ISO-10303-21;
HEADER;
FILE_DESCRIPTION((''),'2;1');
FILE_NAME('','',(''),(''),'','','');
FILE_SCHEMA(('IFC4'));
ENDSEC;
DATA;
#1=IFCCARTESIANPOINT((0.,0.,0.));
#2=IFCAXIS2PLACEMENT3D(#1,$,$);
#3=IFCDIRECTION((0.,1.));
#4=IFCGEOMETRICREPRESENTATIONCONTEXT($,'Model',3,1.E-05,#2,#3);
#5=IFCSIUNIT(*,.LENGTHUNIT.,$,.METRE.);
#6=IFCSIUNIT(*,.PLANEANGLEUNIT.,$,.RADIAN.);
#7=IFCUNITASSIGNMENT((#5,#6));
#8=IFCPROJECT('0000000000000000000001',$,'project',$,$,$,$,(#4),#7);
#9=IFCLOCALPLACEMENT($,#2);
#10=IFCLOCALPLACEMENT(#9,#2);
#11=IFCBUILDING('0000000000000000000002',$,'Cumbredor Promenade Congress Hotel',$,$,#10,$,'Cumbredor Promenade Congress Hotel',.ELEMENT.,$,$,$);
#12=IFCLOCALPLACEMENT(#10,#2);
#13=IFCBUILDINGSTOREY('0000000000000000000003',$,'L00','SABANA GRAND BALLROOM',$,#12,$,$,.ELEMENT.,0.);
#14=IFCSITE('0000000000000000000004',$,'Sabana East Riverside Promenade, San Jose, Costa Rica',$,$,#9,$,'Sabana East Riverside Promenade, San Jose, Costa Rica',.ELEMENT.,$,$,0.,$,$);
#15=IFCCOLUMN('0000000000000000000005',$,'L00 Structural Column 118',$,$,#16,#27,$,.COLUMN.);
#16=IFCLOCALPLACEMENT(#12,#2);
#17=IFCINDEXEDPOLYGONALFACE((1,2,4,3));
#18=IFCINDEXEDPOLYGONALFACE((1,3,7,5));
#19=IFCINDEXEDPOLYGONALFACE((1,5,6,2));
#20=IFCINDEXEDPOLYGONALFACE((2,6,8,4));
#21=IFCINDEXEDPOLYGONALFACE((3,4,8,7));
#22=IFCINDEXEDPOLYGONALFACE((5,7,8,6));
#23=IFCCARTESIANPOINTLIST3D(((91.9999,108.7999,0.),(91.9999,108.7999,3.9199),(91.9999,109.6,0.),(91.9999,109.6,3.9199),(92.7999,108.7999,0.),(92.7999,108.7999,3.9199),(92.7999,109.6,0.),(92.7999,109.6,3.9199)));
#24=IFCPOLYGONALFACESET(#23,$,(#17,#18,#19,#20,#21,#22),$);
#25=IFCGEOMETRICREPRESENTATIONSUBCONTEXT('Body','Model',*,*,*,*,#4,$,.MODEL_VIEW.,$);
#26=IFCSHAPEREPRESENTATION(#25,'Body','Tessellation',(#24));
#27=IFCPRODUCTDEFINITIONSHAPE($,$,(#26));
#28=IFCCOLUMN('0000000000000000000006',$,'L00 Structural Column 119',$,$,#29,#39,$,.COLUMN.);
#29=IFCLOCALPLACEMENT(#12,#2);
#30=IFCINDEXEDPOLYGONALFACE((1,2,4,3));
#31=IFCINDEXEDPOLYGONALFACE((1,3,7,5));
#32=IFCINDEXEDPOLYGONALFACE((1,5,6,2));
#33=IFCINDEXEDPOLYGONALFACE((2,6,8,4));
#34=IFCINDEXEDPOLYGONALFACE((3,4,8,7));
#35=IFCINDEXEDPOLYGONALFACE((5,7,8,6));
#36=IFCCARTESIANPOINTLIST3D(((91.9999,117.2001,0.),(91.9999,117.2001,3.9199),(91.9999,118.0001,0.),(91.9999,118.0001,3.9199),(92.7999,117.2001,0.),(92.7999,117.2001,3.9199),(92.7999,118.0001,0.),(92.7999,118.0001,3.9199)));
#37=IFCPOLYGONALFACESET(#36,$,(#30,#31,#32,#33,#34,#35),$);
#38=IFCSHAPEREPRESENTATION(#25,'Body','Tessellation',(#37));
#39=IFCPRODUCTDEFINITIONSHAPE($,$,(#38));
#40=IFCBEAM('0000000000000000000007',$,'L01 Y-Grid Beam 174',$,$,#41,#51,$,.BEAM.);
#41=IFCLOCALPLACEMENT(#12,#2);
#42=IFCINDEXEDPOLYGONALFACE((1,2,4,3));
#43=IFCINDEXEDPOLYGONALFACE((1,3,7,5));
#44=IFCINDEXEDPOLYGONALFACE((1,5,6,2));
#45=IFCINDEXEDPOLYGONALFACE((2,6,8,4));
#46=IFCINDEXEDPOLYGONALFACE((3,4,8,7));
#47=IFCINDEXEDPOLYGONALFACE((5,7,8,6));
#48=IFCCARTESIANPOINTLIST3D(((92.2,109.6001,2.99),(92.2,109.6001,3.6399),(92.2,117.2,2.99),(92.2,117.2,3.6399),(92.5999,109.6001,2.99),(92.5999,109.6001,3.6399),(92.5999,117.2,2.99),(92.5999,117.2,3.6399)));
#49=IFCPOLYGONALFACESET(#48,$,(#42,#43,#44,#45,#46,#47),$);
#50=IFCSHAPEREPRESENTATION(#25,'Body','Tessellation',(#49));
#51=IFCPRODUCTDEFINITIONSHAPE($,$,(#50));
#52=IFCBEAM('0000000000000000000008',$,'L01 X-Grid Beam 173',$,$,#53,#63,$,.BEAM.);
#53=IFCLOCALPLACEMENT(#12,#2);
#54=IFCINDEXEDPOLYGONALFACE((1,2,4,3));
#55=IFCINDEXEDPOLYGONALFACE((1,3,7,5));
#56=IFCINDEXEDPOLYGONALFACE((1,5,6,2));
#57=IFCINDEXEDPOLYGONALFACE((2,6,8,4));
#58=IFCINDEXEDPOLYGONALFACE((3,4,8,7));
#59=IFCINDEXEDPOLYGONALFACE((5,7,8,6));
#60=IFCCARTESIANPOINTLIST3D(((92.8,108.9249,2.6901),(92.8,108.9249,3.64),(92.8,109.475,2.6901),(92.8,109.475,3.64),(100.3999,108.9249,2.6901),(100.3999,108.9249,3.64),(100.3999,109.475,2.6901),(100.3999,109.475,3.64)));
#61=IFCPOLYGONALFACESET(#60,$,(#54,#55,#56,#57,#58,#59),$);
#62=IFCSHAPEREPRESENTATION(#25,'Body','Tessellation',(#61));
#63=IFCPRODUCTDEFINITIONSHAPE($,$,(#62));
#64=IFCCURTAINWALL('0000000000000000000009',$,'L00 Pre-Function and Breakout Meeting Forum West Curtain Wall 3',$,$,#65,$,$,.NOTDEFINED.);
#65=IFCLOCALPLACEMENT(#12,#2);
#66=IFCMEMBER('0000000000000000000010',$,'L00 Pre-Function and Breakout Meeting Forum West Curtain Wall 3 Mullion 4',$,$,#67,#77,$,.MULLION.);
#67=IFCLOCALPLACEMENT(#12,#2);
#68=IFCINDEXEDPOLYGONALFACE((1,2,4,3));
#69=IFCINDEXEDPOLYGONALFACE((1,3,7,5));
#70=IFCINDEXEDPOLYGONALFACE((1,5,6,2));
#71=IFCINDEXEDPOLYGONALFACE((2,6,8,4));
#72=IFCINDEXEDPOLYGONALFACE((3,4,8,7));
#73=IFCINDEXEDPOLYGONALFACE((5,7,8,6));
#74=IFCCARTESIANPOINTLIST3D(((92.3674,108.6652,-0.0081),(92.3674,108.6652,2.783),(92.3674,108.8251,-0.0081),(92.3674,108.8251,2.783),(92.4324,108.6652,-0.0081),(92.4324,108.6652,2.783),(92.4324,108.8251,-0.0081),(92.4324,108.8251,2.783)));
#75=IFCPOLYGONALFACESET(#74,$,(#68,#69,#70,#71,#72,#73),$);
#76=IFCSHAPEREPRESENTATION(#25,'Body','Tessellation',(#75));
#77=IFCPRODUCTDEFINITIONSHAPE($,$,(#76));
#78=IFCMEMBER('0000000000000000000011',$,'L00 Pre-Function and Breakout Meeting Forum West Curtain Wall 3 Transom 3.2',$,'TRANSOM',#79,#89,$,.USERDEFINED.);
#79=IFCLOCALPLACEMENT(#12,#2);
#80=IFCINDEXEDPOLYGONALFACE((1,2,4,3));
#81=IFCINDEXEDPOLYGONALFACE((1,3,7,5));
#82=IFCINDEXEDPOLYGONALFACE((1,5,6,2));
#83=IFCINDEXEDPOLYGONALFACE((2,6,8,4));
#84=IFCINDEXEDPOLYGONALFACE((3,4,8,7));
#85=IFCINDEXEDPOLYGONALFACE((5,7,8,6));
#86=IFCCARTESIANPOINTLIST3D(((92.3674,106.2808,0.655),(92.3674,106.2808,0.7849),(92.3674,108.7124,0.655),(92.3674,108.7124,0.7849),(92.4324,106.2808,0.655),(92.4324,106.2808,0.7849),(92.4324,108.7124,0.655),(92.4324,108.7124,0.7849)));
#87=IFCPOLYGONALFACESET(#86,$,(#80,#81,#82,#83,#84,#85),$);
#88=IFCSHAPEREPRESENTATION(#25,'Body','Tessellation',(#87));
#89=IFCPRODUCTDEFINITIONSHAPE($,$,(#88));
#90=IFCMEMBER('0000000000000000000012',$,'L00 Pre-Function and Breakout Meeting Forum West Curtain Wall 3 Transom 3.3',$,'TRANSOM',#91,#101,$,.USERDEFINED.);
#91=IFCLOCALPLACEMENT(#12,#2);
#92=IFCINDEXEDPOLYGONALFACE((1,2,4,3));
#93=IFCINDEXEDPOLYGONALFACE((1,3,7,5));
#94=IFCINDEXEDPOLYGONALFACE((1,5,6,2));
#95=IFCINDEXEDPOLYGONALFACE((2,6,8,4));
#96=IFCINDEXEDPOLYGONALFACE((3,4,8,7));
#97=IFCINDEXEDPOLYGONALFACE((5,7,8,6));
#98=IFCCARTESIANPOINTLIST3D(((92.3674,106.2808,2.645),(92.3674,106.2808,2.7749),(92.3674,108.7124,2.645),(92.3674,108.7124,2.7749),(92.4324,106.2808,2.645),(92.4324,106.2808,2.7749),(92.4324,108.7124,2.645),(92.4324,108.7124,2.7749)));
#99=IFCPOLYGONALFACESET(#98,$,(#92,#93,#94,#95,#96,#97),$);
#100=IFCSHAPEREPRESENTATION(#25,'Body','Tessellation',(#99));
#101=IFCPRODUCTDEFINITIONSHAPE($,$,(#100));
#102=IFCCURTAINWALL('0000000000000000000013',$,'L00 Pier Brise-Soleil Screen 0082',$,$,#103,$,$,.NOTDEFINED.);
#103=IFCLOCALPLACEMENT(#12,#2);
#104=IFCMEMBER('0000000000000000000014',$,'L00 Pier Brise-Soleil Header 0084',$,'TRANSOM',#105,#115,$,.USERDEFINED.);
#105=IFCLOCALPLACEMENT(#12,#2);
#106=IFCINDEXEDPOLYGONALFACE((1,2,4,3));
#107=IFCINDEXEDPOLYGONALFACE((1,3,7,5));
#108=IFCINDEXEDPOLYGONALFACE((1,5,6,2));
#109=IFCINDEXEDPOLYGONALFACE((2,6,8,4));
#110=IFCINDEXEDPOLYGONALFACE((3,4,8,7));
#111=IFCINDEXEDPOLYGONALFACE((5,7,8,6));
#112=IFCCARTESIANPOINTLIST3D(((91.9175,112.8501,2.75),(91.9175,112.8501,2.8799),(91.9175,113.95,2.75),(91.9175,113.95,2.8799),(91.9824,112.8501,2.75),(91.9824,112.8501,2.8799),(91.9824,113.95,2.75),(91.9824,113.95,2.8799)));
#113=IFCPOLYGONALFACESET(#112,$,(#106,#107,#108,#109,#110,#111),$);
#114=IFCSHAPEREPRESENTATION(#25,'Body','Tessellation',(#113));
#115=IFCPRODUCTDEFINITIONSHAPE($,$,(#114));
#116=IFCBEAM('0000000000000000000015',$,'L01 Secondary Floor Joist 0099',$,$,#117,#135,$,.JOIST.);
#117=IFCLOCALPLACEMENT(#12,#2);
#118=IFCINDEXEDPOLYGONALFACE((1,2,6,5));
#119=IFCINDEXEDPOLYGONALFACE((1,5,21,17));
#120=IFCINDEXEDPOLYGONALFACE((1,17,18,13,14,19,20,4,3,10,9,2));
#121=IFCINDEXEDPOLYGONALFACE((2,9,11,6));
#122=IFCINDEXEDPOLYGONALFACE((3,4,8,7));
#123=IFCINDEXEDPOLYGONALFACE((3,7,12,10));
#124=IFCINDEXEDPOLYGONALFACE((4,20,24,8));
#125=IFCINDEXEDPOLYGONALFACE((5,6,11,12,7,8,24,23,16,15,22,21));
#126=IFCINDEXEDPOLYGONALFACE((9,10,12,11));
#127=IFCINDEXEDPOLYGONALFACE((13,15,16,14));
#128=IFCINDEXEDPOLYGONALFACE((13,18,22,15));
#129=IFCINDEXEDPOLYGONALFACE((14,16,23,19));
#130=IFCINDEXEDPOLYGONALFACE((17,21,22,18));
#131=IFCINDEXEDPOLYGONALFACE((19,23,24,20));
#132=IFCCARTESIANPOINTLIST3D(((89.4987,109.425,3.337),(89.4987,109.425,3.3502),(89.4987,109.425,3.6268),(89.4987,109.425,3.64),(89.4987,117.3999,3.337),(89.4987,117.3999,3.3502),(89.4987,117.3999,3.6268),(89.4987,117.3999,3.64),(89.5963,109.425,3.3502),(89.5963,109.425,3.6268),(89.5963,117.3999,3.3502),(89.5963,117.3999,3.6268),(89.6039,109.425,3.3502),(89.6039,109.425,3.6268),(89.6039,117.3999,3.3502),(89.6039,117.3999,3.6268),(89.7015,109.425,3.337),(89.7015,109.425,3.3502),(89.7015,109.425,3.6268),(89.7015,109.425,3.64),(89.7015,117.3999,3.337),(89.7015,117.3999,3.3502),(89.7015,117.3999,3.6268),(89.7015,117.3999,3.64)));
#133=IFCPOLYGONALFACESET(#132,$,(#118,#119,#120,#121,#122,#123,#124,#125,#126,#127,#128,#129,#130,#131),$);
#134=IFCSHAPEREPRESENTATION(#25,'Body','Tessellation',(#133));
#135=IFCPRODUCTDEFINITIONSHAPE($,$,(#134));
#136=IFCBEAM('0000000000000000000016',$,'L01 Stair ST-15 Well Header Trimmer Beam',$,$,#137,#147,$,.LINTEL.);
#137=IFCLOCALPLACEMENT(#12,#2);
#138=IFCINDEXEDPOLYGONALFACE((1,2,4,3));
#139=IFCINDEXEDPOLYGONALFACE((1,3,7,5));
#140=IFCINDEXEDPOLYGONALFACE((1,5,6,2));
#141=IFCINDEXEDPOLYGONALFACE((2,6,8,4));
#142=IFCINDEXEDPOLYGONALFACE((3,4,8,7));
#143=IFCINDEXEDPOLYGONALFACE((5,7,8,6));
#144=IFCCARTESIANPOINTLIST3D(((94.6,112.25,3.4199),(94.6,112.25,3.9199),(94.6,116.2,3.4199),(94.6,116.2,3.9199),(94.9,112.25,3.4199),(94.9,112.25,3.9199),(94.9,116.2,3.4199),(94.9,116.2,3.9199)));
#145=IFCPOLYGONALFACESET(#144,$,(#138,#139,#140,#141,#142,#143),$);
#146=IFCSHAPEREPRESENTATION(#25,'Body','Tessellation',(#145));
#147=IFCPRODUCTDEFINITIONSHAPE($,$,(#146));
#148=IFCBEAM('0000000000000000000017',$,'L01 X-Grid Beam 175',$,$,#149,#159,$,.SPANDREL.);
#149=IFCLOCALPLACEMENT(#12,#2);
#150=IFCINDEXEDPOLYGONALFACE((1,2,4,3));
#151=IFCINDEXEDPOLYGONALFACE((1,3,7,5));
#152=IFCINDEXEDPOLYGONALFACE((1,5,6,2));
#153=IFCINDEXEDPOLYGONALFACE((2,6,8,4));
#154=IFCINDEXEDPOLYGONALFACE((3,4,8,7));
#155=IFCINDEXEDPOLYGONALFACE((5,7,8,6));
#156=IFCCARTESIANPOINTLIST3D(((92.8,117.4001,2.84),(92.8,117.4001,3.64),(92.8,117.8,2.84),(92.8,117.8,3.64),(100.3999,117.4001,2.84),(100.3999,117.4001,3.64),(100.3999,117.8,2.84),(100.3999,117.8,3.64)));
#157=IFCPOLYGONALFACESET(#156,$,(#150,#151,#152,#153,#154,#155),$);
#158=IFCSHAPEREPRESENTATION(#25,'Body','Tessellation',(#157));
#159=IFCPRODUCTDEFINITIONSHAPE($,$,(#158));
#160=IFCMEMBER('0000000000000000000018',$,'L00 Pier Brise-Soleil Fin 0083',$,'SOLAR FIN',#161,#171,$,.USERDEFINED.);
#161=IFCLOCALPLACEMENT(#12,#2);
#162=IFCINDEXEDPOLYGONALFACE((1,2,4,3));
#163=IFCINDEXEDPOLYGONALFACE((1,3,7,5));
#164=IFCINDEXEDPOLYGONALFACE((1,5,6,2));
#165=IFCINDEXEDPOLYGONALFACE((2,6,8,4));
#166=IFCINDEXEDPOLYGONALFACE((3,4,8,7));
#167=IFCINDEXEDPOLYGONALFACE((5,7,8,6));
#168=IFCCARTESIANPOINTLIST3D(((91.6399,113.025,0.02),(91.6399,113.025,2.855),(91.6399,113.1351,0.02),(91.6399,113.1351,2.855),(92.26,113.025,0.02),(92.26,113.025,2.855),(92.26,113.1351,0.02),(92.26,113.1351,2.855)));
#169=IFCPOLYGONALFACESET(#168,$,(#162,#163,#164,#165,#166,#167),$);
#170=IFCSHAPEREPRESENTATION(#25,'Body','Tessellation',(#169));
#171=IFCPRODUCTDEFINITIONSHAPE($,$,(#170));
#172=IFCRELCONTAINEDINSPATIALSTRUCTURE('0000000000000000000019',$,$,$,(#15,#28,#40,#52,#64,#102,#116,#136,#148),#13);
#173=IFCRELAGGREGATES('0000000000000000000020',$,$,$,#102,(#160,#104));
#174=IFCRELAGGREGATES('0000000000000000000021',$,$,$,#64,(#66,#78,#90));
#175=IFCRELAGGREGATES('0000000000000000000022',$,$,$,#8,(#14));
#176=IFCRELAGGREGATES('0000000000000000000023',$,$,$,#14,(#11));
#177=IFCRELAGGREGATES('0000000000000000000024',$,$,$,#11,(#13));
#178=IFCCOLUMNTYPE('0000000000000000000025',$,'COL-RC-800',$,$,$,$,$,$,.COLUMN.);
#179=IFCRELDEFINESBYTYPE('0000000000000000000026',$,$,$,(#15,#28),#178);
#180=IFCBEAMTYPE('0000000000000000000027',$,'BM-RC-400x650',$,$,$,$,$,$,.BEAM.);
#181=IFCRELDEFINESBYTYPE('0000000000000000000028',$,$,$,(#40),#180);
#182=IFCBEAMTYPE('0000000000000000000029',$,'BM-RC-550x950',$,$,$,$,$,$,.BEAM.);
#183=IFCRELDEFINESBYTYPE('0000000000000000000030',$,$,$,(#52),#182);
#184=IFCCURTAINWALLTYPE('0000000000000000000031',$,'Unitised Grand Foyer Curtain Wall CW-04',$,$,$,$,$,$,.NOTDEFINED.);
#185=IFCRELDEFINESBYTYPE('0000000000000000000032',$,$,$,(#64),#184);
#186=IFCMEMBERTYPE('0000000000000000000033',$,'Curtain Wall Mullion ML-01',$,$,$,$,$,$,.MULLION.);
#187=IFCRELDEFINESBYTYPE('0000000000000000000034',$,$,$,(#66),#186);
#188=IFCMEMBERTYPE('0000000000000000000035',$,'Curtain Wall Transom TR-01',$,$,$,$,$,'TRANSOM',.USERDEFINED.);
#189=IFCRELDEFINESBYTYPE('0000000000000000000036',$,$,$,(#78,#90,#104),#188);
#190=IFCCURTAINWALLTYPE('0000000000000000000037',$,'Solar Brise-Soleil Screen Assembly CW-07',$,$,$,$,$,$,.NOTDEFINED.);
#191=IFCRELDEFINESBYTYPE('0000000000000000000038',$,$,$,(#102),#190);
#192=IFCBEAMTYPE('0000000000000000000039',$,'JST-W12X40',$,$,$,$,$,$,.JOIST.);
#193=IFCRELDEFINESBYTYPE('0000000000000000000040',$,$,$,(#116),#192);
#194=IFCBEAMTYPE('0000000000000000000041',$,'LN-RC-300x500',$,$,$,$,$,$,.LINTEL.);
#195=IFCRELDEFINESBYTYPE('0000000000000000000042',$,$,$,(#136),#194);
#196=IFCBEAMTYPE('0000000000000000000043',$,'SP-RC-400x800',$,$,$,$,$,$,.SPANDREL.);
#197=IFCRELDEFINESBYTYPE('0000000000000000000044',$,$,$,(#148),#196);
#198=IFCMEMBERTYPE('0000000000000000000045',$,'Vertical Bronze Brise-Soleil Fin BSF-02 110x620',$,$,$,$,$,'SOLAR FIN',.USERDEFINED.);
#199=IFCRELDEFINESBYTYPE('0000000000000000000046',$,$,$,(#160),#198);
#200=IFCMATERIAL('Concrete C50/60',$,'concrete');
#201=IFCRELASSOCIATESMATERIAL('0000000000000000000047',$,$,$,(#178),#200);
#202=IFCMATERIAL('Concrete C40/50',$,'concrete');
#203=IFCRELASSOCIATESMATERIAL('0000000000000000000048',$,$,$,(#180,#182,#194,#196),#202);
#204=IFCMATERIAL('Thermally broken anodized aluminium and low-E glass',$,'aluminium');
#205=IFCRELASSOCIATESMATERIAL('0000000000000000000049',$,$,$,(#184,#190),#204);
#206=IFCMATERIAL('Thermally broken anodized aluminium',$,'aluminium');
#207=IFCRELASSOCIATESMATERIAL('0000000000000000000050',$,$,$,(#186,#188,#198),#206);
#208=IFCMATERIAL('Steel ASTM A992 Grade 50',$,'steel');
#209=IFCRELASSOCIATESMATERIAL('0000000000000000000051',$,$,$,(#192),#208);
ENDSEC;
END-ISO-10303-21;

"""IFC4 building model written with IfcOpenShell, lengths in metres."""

from ifc_helpers import new_model, si_unit, direction, frame, origin, origin_2d, place, context, subcontext, project, spatial, rectangle, i_section, extrude, material, material_profile, profile_set, type_object, element, aggregate, save


model = new_model("IFC4")

# Units and contexts
model_context = context("Model", 3, precision=1e-05, world=origin(), true_north=direction((0.0, 1.0)))
body_context = subcontext(model_context, "Body", "Model", "MODEL_VIEW")
ifc_project = project(units=[si_unit("LENGTHUNIT", "METRE"), si_unit("PLANEANGLEUNIT", "RADIAN")], contexts=[model_context])

# Site, building, storey
site_placement = place(None, origin())
site = spatial("IfcSite", under=ifc_project, at=site_placement, Name="Sabana East Riverside Promenade, San Jose, Costa Rica", LongName="Sabana East Riverside Promenade, San Jose, Costa Rica", CompositionType="ELEMENT", RefElevation=0.0)
building_placement = place(site_placement, origin())
building = spatial("IfcBuilding", under=site, at=building_placement, Name="Cumbredor Promenade Congress Hotel", LongName="Cumbredor Promenade Congress Hotel", CompositionType="ELEMENT")
storey_placement = place(building_placement, origin())
storey = spatial("IfcBuildingStorey", under=building, at=storey_placement, Name="L00", Description="SABANA GRAND BALLROOM", CompositionType="ELEMENT", Elevation=0.0)

# Columns
ifc_material_1 = material(Name="Concrete C50/60", Category="concrete")
ifc_material_profile_1 = material_profile(ifc_material_1, rectangle(XDim=0.8, YDim=0.8, at=origin_2d()), Name="RC 800x800")
ifc_profile_set_1 = profile_set([ifc_material_profile_1], Name="Concrete C50/60")
column_type = type_object("IfcColumnType", Name="COL-RC-800", PredefinedType="COLUMN", material=ifc_profile_set_1)
for number, where, z_axis, x_axis, name in (
    (1, (92.3999, 109.2, 0.0), (0.0, 0.0, 1.0), (1.0, 0.0, 0.0), "L00 Structural Column 118"),
    (2, (92.3999, 117.6001, 0.0), (0.0, 0.0, 1.0), (1.0, 0.0, 0.0), "L00 Structural Column 119"),
):
    element("IfcColumn", number, at=place(storey_placement, frame(where, z_axis=z_axis, x_axis=x_axis)), inside=storey, type_object=column_type, Name=name, PredefinedType="COLUMN", context=body_context, shape_type="SweptSolid", body=[
        extrude(rectangle(XDim=0.8, YDim=0.8, at=origin_2d()), origin(), (0.0, 0.0, 1.0), 3.9199),
    ])

# Beams
ifc_material_2 = material(Name="Concrete C40/50", Category="concrete")
ifc_material_profile_2 = material_profile(ifc_material_2, rectangle(XDim=0.3999, YDim=0.6499, at=origin_2d()), Name="RC BEAM 400x650")
ifc_profile_set_2 = profile_set([ifc_material_profile_2], Name="Concrete C40/50")
beam_type_1 = type_object("IfcBeamType", Name="BM-RC-400x650", PredefinedType="BEAM", material=ifc_profile_set_2)
beam_1_placement = place(storey_placement, frame((92.3999, 109.6001, 3.3149), z_axis=(0.0, 1.0, 0.0), x_axis=(-1.0, 0.0, 0.0)))
element("IfcBeam", 3, at=beam_1_placement, inside=storey, type_object=beam_type_1, Name="L01 Y-Grid Beam 174", PredefinedType="BEAM", context=body_context, shape_type="SweptSolid", body=[
    extrude(rectangle(XDim=0.3999, YDim=0.6499, at=origin_2d()), origin(), (0.0, 0.0, 1.0), 7.5999),
])
ifc_material_profile_3 = material_profile(ifc_material_2, rectangle(XDim=0.55, YDim=0.95, at=origin_2d()), Name="RC BEAM 550x950")
ifc_profile_set_3 = profile_set([ifc_material_profile_3], Name="Concrete C40/50")
beam_type_2 = type_object("IfcBeamType", Name="BM-RC-550x950", PredefinedType="BEAM", material=ifc_profile_set_3)
beam_2_placement = place(storey_placement, frame((92.8, 109.2, 3.165), z_axis=(1.0, 0.0, 0.0), x_axis=(0.0, 1.0, 0.0)))
element("IfcBeam", 4, at=beam_2_placement, inside=storey, type_object=beam_type_2, Name="L01 X-Grid Beam 173", PredefinedType="BEAM", context=body_context, shape_type="SweptSolid", body=[
    extrude(rectangle(XDim=0.55, YDim=0.95, at=origin_2d()), origin(), (0.0, 0.0, 1.0), 7.5999),
])

# Curtain wall, members
ifc_material_3 = material(Name="Thermally broken anodized aluminium and low-E glass", Category="aluminium")
curtain_wall_type_1 = type_object("IfcCurtainWallType", Name="Unitised Grand Foyer Curtain Wall CW-04", PredefinedType="NOTDEFINED", material=ifc_material_3)
curtain_wall_1_placement = place(storey_placement, origin())
curtain_wall_1 = element("IfcCurtainWall", 5, at=curtain_wall_1_placement, inside=storey, type_object=curtain_wall_type_1, Name="L00 Pre-Function and Breakout Meeting Forum West Curtain Wall 3", PredefinedType="NOTDEFINED")
ifc_material_4 = material(Name="Thermally broken anodized aluminium", Category="aluminium")
ifc_material_profile_4 = material_profile(ifc_material_4, rectangle(XDim=0.0649, YDim=0.1599, at=origin_2d()), Name="ALU MULLION 65x160")
ifc_profile_set_4 = profile_set([ifc_material_profile_4], Name="Thermally broken anodized aluminium")
member_type_1 = type_object("IfcMemberType", Name="Curtain Wall Mullion ML-01", PredefinedType="MULLION", material=ifc_profile_set_4)
member_1_placement = place(storey_placement, frame((92.3999, 108.7451, -0.0081), z_axis=(0.0, 0.0, 1.0), x_axis=(1.0, 0.0, 0.0)))
member_1 = element("IfcMember", 6, at=member_1_placement, type_object=member_type_1, Name="L00 Pre-Function and Breakout Meeting Forum West Curtain Wall 3 Mullion 4", PredefinedType="MULLION", context=body_context, shape_type="SweptSolid", body=[
    extrude(rectangle(XDim=0.0649, YDim=0.1599, at=origin_2d()), origin(), (0.0, 0.0, 1.0), 2.791),
])
ifc_material_profile_5 = material_profile(ifc_material_4, rectangle(XDim=0.0649, YDim=0.1299, at=origin_2d()), Name="ALU TRANSOM 65x130")
ifc_profile_set_5 = profile_set([ifc_material_profile_5], Name="Thermally broken anodized aluminium")
member_type_2 = type_object("IfcMemberType", Name="Curtain Wall Transom TR-01", ElementType="TRANSOM", PredefinedType="USERDEFINED", material=ifc_profile_set_5)
member_2_placement = place(storey_placement, frame((92.3999, 106.2808, 0.72), z_axis=(0.0, 1.0, 0.0), x_axis=(-1.0, 0.0, 0.0)))
member_2 = element("IfcMember", 7, at=member_2_placement, type_object=member_type_2, Name="L00 Pre-Function and Breakout Meeting Forum West Curtain Wall 3 Transom 3.2", ObjectType="TRANSOM", PredefinedType="USERDEFINED", context=body_context, shape_type="SweptSolid", body=[
    extrude(rectangle(XDim=0.0649, YDim=0.1299, at=origin_2d()), origin(), (0.0, 0.0, 1.0), 2.4316),
])
member_3_placement = place(storey_placement, frame((92.3999, 106.2808, 2.71), z_axis=(0.0, 1.0, 0.0), x_axis=(-1.0, 0.0, 0.0)))
member_3 = element("IfcMember", 8, at=member_3_placement, type_object=member_type_2, Name="L00 Pre-Function and Breakout Meeting Forum West Curtain Wall 3 Transom 3.3", ObjectType="TRANSOM", PredefinedType="USERDEFINED", context=body_context, shape_type="SweptSolid", body=[
    extrude(rectangle(XDim=0.0649, YDim=0.1299, at=origin_2d()), origin(), (0.0, 0.0, 1.0), 2.4316),
])

# Curtain wall, member
curtain_wall_type_2 = type_object("IfcCurtainWallType", Name="Solar Brise-Soleil Screen Assembly CW-07", PredefinedType="NOTDEFINED", material=ifc_material_3)
curtain_wall_2_placement = place(storey_placement, origin())
curtain_wall_2 = element("IfcCurtainWall", 9, at=curtain_wall_2_placement, inside=storey, type_object=curtain_wall_type_2, Name="L00 Pier Brise-Soleil Screen 0082", PredefinedType="NOTDEFINED")
member_4_placement = place(storey_placement, frame((91.95, 112.8501, 2.8149), z_axis=(0.0, 1.0, 0.0), x_axis=(-1.0, 0.0, 0.0)))
member_4 = element("IfcMember", 10, at=member_4_placement, type_object=member_type_2, Name="L00 Pier Brise-Soleil Header 0084", ObjectType="TRANSOM", PredefinedType="USERDEFINED", context=body_context, shape_type="SweptSolid", body=[
    extrude(rectangle(XDim=0.0649, YDim=0.1299, at=origin_2d()), origin(), (0.0, 0.0, 1.0), 1.0999),
])

# Beams
ifc_material_5 = material(Name="Steel ASTM A992 Grade 50", Category="steel")
ifc_material_profile_6 = material_profile(ifc_material_5, i_section(OverallWidth=0.2029, OverallDepth=0.303, WebThickness=0.0076, FlangeThickness=0.0132, at=origin_2d()), Name="W12X40")
ifc_profile_set_6 = profile_set([ifc_material_profile_6], Name="Steel ASTM A992 Grade 50")
beam_type_3 = type_object("IfcBeamType", Name="JST-W12X40", PredefinedType="JOIST", material=ifc_profile_set_6)
beam_3_placement = place(storey_placement, frame((89.6001, 109.425, 3.4885), z_axis=(0.0, 1.0, 0.0), x_axis=(-1.0, 0.0, 0.0)))
element("IfcBeam", 11, at=beam_3_placement, inside=storey, type_object=beam_type_3, Name="L01 Secondary Floor Joist 0099", PredefinedType="JOIST", context=body_context, shape_type="SweptSolid", body=[
    extrude(i_section(OverallWidth=0.2029, OverallDepth=0.303, WebThickness=0.0076, FlangeThickness=0.0132, at=origin_2d()), origin(), (0.0, 0.0, 1.0), 7.9749),
])
ifc_material_profile_7 = material_profile(ifc_material_2, rectangle(XDim=0.3, YDim=0.5, at=origin_2d()), Name="RC LINTEL 300x500")
ifc_profile_set_7 = profile_set([ifc_material_profile_7], Name="Concrete C40/50")
beam_type_4 = type_object("IfcBeamType", Name="LN-RC-300x500", PredefinedType="LINTEL", material=ifc_profile_set_7)
beam_4_placement = place(storey_placement, frame((94.75, 112.25, 3.6699), z_axis=(0.0, 1.0, 0.0), x_axis=(-1.0, 0.0, 0.0)))
element("IfcBeam", 12, at=beam_4_placement, inside=storey, type_object=beam_type_4, Name="L01 Stair ST-15 Well Header Trimmer Beam", PredefinedType="LINTEL", context=body_context, shape_type="SweptSolid", body=[
    extrude(rectangle(XDim=0.3, YDim=0.5, at=origin_2d()), origin(), (0.0, 0.0, 1.0), 3.95),
])
ifc_material_profile_8 = material_profile(ifc_material_2, rectangle(XDim=0.3999, YDim=0.8, at=origin_2d()), Name="RC SPANDREL 400x800")
ifc_profile_set_8 = profile_set([ifc_material_profile_8], Name="Concrete C40/50")
beam_type_5 = type_object("IfcBeamType", Name="SP-RC-400x800", PredefinedType="SPANDREL", material=ifc_profile_set_8)
beam_5_placement = place(storey_placement, frame((92.8, 117.6001, 3.24), z_axis=(1.0, 0.0, 0.0), x_axis=(0.0, 1.0, 0.0)))
element("IfcBeam", 13, at=beam_5_placement, inside=storey, type_object=beam_type_5, Name="L01 X-Grid Beam 175", PredefinedType="SPANDREL", context=body_context, shape_type="SweptSolid", body=[
    extrude(rectangle(XDim=0.3999, YDim=0.8, at=origin_2d()), origin(), (0.0, 0.0, 1.0), 7.5999),
])

# Member
ifc_material_profile_9 = material_profile(ifc_material_4, rectangle(XDim=0.1101, YDim=0.6201, at=origin_2d()), Name="ARCH FIN 110x620")
ifc_profile_set_9 = profile_set([ifc_material_profile_9], Name="Thermally broken anodized aluminium")
member_type_3 = type_object("IfcMemberType", Name="Vertical Bronze Brise-Soleil Fin BSF-02 110x620", ElementType="SOLAR FIN", PredefinedType="USERDEFINED", material=ifc_profile_set_9)
member_5_placement = place(storey_placement, frame((91.95, 113.0801, 0.02), z_axis=(0.0, 0.0, 1.0), x_axis=(0.0, 1.0, 0.0)))
member_5 = element("IfcMember", 14, at=member_5_placement, type_object=member_type_3, Name="L00 Pier Brise-Soleil Fin 0083", ObjectType="SOLAR FIN", PredefinedType="USERDEFINED", context=body_context, shape_type="SweptSolid", body=[
    extrude(rectangle(XDim=0.1101, YDim=0.6201, at=origin_2d()), origin(), (0.0, 0.0, 1.0), 2.835),
])
aggregate(curtain_wall_2, [member_5, member_4])

aggregate(curtain_wall_1, [member_1, member_2, member_3])

save(model, "model.ifc")
